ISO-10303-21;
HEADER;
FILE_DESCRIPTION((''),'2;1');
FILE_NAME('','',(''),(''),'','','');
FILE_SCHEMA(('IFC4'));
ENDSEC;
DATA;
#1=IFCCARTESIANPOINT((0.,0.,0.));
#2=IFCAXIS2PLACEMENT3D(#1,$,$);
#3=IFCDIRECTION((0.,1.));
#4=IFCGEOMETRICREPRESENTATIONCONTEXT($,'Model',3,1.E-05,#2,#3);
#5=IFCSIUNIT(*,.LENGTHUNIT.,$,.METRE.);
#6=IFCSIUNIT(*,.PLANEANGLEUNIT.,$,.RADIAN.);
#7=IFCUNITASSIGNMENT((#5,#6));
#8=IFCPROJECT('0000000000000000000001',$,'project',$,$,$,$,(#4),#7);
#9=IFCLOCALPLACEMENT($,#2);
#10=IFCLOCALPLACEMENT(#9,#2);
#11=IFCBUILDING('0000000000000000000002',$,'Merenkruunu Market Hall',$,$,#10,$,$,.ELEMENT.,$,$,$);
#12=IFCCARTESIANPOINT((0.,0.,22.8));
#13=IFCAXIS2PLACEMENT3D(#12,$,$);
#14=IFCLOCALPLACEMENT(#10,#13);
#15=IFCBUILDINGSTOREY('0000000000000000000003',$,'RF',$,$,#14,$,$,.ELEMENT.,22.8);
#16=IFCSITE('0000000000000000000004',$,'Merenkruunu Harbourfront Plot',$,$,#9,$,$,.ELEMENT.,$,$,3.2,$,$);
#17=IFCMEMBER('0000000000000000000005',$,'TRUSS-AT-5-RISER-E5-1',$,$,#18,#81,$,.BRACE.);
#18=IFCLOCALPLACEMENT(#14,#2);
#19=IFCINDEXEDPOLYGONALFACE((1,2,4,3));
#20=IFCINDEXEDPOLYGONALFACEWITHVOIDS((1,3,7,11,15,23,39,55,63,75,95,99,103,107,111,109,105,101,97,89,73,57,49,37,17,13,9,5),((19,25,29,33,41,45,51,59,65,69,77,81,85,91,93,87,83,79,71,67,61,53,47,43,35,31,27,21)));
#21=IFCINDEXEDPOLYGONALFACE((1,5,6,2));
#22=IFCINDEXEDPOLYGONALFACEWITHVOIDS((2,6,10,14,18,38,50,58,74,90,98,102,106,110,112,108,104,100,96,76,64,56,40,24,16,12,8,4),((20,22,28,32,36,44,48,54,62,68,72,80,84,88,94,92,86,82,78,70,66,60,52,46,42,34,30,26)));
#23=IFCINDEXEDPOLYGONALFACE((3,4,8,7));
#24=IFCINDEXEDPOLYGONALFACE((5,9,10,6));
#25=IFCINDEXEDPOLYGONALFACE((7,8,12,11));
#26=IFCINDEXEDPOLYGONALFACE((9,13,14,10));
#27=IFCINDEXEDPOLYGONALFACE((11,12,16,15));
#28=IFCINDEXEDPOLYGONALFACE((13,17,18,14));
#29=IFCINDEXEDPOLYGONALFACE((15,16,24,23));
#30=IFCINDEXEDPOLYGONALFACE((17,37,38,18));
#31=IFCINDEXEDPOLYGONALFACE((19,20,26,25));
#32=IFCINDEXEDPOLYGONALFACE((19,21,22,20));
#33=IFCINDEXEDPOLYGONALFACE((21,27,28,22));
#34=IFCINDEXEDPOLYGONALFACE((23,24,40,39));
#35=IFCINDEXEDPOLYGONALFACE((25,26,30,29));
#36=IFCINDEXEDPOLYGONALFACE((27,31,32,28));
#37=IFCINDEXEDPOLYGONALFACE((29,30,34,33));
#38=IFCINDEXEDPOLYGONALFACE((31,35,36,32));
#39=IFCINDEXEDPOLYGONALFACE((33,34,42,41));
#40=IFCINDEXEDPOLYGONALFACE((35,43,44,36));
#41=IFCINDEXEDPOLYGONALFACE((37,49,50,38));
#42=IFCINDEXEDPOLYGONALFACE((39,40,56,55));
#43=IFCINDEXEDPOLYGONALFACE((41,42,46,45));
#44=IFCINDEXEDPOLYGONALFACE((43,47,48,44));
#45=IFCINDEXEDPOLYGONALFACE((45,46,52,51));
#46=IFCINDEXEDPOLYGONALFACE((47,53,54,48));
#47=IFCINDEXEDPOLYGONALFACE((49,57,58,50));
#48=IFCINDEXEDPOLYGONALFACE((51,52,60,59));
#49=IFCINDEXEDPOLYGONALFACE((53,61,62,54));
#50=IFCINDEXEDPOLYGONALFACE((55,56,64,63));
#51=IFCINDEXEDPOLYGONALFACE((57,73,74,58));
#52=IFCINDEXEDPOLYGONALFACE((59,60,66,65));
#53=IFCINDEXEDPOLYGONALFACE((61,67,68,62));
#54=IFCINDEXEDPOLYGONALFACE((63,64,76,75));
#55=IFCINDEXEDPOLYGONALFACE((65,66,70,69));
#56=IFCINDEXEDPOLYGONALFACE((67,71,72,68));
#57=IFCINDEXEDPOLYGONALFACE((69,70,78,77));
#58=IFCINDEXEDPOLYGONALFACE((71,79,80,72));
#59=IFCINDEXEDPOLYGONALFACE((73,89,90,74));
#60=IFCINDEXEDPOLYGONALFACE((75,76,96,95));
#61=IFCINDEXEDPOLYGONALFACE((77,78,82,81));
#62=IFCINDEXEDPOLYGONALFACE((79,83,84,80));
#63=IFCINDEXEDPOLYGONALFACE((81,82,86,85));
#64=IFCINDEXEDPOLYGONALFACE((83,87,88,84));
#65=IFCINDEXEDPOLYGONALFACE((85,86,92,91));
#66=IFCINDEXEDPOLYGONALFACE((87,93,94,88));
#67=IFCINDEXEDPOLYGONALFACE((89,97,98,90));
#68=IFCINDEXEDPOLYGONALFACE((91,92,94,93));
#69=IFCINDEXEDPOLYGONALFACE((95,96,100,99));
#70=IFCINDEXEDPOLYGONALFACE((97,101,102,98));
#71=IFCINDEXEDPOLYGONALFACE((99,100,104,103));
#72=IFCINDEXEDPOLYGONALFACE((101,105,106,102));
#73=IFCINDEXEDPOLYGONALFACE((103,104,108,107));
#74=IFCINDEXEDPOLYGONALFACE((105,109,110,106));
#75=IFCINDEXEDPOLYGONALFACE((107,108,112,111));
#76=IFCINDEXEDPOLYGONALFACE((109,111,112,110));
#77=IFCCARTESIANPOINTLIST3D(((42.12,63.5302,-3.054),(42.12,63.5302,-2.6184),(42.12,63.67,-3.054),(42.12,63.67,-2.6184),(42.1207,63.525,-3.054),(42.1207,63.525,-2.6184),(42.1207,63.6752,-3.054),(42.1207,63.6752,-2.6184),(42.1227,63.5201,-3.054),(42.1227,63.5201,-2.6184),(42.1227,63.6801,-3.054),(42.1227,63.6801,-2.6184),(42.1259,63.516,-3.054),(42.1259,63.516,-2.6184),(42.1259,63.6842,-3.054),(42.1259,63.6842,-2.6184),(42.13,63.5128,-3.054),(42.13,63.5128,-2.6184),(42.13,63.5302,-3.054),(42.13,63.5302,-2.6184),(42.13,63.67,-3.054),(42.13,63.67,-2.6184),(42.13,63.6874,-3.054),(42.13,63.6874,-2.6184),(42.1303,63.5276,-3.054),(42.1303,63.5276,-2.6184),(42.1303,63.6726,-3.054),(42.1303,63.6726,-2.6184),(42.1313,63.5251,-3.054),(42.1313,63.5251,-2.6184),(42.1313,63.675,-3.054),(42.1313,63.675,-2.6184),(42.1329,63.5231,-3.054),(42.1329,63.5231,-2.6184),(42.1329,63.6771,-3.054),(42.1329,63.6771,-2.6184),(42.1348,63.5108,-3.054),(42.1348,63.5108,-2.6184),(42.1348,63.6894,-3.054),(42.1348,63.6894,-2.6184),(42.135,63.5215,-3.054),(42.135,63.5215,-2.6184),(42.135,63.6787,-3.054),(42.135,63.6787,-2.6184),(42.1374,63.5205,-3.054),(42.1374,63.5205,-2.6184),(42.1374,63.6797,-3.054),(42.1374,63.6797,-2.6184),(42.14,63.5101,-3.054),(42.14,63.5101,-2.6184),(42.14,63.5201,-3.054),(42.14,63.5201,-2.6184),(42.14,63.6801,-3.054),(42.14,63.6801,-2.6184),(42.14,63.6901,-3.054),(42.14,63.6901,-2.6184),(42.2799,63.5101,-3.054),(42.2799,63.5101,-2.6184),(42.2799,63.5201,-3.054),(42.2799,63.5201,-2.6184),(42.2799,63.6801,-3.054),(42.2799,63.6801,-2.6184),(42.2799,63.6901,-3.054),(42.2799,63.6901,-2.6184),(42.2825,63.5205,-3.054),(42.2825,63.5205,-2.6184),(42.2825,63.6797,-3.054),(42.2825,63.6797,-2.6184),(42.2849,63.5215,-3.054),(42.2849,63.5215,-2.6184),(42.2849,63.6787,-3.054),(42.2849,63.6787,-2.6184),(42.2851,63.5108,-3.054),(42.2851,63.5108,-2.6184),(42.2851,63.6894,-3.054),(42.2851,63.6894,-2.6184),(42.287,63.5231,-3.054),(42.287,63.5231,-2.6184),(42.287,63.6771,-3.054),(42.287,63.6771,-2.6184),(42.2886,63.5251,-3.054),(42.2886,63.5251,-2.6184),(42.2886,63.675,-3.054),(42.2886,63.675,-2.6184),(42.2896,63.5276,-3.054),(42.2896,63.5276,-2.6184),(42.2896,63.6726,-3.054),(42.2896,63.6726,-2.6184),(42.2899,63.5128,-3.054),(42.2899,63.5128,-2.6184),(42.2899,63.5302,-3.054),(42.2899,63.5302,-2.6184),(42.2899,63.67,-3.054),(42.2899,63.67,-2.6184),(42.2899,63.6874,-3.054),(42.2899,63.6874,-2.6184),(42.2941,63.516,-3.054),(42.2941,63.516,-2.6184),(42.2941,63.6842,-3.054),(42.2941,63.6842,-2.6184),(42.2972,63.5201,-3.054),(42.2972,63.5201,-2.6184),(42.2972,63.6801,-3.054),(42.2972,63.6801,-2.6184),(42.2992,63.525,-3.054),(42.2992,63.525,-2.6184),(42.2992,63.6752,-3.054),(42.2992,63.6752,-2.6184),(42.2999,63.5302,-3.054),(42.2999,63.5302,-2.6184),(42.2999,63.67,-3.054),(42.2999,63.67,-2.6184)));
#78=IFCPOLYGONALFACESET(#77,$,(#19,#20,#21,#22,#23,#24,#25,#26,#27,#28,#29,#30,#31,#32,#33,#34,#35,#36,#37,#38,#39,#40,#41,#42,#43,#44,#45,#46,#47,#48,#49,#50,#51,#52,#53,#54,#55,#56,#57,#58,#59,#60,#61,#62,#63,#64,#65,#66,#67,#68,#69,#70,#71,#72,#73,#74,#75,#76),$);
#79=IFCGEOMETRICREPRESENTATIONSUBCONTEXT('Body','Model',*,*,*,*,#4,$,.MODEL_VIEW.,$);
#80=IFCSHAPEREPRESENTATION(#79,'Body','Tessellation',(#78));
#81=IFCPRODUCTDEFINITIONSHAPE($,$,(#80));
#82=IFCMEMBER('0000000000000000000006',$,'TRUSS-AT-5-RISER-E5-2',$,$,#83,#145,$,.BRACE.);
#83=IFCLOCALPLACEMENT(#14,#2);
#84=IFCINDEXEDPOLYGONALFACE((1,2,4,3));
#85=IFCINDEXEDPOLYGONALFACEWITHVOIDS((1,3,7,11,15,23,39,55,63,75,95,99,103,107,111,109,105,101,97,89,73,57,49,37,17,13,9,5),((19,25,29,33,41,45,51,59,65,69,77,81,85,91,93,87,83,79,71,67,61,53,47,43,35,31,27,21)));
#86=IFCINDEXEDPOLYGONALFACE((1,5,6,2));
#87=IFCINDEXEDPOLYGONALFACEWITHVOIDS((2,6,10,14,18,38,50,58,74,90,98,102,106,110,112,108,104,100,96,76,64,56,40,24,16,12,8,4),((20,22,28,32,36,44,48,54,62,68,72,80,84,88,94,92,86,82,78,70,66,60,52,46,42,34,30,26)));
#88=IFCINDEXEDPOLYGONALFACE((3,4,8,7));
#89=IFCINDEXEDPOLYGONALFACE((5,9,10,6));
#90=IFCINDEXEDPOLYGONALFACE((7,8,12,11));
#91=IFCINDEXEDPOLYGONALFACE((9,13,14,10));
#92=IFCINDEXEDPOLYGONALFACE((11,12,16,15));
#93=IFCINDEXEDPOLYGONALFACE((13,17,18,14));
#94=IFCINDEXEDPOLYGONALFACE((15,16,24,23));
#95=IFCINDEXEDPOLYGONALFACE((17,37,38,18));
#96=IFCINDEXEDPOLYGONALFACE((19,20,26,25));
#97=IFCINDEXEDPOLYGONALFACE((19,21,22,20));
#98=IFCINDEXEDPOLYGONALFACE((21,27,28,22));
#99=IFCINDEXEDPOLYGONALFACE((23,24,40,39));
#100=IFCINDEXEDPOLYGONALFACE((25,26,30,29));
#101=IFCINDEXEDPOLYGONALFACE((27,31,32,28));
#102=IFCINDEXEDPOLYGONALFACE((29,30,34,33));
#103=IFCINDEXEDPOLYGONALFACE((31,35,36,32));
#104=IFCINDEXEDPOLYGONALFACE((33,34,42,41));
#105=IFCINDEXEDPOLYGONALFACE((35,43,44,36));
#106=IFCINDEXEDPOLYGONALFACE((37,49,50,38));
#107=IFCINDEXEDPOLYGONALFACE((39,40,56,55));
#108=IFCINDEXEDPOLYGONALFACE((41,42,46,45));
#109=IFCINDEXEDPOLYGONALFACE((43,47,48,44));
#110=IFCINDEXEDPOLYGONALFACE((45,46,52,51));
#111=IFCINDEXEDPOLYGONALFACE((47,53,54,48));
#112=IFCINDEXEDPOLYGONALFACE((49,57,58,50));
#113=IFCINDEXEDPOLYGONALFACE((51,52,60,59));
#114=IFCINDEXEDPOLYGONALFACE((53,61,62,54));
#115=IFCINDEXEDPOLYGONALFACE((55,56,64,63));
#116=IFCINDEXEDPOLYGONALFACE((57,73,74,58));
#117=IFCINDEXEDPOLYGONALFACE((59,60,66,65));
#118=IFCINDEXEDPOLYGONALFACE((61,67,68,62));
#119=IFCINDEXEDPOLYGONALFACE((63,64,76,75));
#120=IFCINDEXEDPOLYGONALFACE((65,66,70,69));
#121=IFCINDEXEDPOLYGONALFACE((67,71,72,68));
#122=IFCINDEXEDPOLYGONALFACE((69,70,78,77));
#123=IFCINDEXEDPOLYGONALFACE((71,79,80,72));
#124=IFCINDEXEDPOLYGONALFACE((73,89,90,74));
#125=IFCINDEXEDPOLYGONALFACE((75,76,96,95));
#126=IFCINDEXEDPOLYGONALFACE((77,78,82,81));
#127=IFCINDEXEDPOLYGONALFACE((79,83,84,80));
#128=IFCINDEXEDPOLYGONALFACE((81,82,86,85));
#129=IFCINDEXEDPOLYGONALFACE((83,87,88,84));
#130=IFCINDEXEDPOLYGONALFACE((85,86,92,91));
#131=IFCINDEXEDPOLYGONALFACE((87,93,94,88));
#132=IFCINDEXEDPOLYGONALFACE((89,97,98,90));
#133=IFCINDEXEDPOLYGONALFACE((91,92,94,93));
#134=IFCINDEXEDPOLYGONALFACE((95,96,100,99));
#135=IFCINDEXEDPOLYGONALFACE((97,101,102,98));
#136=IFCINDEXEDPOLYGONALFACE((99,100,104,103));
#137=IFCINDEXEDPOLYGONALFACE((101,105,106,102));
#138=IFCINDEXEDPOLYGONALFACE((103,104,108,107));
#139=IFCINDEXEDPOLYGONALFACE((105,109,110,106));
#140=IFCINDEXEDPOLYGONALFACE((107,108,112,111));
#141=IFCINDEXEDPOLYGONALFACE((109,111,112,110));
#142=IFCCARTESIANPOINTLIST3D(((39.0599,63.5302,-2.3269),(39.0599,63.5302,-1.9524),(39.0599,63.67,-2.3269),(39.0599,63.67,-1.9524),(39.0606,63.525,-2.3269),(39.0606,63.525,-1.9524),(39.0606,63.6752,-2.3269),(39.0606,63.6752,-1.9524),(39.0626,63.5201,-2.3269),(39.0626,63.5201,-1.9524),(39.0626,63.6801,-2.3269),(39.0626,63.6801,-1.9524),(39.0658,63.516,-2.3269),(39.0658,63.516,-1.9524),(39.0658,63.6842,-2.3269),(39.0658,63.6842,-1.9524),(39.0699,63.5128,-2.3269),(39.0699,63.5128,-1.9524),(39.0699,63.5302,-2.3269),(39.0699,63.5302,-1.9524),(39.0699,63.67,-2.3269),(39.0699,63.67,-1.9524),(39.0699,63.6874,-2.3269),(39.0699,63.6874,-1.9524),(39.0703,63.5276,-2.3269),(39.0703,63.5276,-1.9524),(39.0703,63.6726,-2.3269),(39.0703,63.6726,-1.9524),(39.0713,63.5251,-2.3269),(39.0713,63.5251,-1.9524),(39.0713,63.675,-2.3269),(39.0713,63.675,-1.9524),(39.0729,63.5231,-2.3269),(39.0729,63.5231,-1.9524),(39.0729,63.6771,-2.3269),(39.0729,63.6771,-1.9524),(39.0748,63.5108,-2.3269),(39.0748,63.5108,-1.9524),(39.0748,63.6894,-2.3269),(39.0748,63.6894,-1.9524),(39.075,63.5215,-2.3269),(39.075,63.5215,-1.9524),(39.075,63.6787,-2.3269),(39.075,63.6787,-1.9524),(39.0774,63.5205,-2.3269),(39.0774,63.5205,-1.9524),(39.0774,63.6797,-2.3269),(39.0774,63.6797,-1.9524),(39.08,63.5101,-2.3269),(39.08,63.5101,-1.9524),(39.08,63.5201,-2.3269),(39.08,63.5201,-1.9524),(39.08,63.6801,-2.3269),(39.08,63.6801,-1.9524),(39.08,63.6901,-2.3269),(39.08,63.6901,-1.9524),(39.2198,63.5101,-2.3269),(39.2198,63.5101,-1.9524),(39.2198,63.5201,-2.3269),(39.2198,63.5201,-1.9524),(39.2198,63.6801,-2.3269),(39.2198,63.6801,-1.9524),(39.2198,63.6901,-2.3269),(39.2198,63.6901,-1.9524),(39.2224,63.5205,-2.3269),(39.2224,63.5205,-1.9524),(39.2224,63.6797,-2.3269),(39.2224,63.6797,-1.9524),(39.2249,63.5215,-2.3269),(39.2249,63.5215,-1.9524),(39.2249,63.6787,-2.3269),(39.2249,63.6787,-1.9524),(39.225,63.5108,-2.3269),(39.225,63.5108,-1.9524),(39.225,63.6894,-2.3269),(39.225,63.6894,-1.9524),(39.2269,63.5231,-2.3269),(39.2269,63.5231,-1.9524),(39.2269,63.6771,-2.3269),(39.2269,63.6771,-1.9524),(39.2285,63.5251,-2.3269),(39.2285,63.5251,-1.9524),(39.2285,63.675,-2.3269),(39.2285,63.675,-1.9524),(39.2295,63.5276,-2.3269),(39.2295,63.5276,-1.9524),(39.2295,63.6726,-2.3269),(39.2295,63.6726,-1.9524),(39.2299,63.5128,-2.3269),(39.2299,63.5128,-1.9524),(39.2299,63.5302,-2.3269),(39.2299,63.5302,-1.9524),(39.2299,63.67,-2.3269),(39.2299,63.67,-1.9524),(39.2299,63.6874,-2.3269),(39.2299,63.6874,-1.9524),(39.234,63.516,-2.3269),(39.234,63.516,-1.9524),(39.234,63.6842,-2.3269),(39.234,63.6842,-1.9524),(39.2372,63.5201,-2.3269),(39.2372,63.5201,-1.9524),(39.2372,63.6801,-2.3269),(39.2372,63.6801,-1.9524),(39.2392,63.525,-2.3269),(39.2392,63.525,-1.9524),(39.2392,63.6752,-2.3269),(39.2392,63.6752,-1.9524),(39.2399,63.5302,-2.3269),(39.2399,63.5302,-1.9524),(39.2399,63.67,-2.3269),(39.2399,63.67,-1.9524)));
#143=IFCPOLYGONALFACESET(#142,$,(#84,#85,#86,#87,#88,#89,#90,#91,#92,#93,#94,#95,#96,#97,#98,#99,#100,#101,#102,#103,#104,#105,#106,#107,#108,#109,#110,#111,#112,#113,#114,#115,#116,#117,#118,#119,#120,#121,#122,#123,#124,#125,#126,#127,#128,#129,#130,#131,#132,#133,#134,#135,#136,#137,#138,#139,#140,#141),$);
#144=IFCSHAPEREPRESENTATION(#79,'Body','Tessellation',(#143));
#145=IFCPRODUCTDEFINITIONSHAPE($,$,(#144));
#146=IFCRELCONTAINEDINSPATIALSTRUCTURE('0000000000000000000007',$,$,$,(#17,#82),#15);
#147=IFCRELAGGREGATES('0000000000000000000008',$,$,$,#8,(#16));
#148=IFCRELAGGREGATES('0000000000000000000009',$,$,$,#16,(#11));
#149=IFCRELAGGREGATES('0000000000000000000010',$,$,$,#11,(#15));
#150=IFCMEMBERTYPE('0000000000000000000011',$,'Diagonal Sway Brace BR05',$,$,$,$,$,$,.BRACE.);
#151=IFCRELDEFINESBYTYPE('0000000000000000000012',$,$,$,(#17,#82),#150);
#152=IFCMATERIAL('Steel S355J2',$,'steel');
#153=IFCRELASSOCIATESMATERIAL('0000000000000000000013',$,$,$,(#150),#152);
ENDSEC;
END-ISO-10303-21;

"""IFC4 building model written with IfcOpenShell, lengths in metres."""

from ifc_helpers import new_model, si_unit, direction, frame, origin, origin_2d, place, context, subcontext, project, spatial, hollow_rectangle, extrude, material, material_profile, profile_set, type_object, element, save


model = new_model("IFC4")

# Units and contexts
model_context = context("Model", 3, precision=1e-05, world=origin(), true_north=direction((0.0, 1.0)))
body_context = subcontext(model_context, "Body", "Model", "MODEL_VIEW")
ifc_project = project(units=[si_unit("LENGTHUNIT", "METRE"), si_unit("PLANEANGLEUNIT", "RADIAN")], contexts=[model_context])

# Site, building, storey
site_placement = place(None, origin())
site = spatial("IfcSite", under=ifc_project, at=site_placement, Name="Merenkruunu Harbourfront Plot", CompositionType="ELEMENT", RefElevation=3.2)
building_placement = place(site_placement, origin())
building = spatial("IfcBuilding", under=site, at=building_placement, Name="Merenkruunu Market Hall", CompositionType="ELEMENT")
storey_placement = place(building_placement, frame((0.0, 0.0, 22.8)))
storey = spatial("IfcBuildingStorey", under=building, at=storey_placement, Name="RF", CompositionType="ELEMENT", Elevation=22.8)

# Members
ifc_material_1 = material(Name="Steel S355J2", Category="steel")
ifc_material_profile_1 = material_profile(ifc_material_1, hollow_rectangle(XDim=0.1799, YDim=0.1799, WallThickness=0.01, InnerFilletRadius=0.01, OuterFilletRadius=0.02, at=origin_2d()), Name="SHS 180x180x10")
ifc_profile_set_1 = profile_set([ifc_material_profile_1], Name="Steel S355J2")
member_type_1 = type_object("IfcMemberType", Name="Diagonal Sway Brace BR05", PredefinedType="BRACE", material=ifc_profile_set_1)
member_1_placement = place(storey_placement, frame((42.21, 63.6001, -3.054), z_axis=(0.0, 0.0, 1.0), x_axis=(1.0, 0.0, 0.0)))
element("IfcMember", 1, at=member_1_placement, inside=storey, type_object=member_type_1, Name="TRUSS-AT-5-RISER-E5-1", PredefinedType="BRACE", context=body_context, shape_type="SweptSolid", body=[
    extrude(hollow_rectangle(XDim=0.1799, YDim=0.1799, WallThickness=0.01, InnerFilletRadius=0.01, OuterFilletRadius=0.02, at=origin_2d()), origin(), (0.0, 0.0, 1.0), 0.4355),
])
member_2_placement = place(storey_placement, frame((39.1499, 63.6001, -2.3269), z_axis=(0.0, 0.0, 1.0), x_axis=(1.0, 0.0, 0.0)))
element("IfcMember", 2, at=member_2_placement, inside=storey, type_object=member_type_1, Name="TRUSS-AT-5-RISER-E5-2", PredefinedType="BRACE", context=body_context, shape_type="SweptSolid", body=[
    extrude(hollow_rectangle(XDim=0.1799, YDim=0.1799, WallThickness=0.01, InnerFilletRadius=0.01, OuterFilletRadius=0.02, at=origin_2d()), origin(), (0.0, 0.0, 1.0), 0.3745),
])

save(model, "model.ifc")
